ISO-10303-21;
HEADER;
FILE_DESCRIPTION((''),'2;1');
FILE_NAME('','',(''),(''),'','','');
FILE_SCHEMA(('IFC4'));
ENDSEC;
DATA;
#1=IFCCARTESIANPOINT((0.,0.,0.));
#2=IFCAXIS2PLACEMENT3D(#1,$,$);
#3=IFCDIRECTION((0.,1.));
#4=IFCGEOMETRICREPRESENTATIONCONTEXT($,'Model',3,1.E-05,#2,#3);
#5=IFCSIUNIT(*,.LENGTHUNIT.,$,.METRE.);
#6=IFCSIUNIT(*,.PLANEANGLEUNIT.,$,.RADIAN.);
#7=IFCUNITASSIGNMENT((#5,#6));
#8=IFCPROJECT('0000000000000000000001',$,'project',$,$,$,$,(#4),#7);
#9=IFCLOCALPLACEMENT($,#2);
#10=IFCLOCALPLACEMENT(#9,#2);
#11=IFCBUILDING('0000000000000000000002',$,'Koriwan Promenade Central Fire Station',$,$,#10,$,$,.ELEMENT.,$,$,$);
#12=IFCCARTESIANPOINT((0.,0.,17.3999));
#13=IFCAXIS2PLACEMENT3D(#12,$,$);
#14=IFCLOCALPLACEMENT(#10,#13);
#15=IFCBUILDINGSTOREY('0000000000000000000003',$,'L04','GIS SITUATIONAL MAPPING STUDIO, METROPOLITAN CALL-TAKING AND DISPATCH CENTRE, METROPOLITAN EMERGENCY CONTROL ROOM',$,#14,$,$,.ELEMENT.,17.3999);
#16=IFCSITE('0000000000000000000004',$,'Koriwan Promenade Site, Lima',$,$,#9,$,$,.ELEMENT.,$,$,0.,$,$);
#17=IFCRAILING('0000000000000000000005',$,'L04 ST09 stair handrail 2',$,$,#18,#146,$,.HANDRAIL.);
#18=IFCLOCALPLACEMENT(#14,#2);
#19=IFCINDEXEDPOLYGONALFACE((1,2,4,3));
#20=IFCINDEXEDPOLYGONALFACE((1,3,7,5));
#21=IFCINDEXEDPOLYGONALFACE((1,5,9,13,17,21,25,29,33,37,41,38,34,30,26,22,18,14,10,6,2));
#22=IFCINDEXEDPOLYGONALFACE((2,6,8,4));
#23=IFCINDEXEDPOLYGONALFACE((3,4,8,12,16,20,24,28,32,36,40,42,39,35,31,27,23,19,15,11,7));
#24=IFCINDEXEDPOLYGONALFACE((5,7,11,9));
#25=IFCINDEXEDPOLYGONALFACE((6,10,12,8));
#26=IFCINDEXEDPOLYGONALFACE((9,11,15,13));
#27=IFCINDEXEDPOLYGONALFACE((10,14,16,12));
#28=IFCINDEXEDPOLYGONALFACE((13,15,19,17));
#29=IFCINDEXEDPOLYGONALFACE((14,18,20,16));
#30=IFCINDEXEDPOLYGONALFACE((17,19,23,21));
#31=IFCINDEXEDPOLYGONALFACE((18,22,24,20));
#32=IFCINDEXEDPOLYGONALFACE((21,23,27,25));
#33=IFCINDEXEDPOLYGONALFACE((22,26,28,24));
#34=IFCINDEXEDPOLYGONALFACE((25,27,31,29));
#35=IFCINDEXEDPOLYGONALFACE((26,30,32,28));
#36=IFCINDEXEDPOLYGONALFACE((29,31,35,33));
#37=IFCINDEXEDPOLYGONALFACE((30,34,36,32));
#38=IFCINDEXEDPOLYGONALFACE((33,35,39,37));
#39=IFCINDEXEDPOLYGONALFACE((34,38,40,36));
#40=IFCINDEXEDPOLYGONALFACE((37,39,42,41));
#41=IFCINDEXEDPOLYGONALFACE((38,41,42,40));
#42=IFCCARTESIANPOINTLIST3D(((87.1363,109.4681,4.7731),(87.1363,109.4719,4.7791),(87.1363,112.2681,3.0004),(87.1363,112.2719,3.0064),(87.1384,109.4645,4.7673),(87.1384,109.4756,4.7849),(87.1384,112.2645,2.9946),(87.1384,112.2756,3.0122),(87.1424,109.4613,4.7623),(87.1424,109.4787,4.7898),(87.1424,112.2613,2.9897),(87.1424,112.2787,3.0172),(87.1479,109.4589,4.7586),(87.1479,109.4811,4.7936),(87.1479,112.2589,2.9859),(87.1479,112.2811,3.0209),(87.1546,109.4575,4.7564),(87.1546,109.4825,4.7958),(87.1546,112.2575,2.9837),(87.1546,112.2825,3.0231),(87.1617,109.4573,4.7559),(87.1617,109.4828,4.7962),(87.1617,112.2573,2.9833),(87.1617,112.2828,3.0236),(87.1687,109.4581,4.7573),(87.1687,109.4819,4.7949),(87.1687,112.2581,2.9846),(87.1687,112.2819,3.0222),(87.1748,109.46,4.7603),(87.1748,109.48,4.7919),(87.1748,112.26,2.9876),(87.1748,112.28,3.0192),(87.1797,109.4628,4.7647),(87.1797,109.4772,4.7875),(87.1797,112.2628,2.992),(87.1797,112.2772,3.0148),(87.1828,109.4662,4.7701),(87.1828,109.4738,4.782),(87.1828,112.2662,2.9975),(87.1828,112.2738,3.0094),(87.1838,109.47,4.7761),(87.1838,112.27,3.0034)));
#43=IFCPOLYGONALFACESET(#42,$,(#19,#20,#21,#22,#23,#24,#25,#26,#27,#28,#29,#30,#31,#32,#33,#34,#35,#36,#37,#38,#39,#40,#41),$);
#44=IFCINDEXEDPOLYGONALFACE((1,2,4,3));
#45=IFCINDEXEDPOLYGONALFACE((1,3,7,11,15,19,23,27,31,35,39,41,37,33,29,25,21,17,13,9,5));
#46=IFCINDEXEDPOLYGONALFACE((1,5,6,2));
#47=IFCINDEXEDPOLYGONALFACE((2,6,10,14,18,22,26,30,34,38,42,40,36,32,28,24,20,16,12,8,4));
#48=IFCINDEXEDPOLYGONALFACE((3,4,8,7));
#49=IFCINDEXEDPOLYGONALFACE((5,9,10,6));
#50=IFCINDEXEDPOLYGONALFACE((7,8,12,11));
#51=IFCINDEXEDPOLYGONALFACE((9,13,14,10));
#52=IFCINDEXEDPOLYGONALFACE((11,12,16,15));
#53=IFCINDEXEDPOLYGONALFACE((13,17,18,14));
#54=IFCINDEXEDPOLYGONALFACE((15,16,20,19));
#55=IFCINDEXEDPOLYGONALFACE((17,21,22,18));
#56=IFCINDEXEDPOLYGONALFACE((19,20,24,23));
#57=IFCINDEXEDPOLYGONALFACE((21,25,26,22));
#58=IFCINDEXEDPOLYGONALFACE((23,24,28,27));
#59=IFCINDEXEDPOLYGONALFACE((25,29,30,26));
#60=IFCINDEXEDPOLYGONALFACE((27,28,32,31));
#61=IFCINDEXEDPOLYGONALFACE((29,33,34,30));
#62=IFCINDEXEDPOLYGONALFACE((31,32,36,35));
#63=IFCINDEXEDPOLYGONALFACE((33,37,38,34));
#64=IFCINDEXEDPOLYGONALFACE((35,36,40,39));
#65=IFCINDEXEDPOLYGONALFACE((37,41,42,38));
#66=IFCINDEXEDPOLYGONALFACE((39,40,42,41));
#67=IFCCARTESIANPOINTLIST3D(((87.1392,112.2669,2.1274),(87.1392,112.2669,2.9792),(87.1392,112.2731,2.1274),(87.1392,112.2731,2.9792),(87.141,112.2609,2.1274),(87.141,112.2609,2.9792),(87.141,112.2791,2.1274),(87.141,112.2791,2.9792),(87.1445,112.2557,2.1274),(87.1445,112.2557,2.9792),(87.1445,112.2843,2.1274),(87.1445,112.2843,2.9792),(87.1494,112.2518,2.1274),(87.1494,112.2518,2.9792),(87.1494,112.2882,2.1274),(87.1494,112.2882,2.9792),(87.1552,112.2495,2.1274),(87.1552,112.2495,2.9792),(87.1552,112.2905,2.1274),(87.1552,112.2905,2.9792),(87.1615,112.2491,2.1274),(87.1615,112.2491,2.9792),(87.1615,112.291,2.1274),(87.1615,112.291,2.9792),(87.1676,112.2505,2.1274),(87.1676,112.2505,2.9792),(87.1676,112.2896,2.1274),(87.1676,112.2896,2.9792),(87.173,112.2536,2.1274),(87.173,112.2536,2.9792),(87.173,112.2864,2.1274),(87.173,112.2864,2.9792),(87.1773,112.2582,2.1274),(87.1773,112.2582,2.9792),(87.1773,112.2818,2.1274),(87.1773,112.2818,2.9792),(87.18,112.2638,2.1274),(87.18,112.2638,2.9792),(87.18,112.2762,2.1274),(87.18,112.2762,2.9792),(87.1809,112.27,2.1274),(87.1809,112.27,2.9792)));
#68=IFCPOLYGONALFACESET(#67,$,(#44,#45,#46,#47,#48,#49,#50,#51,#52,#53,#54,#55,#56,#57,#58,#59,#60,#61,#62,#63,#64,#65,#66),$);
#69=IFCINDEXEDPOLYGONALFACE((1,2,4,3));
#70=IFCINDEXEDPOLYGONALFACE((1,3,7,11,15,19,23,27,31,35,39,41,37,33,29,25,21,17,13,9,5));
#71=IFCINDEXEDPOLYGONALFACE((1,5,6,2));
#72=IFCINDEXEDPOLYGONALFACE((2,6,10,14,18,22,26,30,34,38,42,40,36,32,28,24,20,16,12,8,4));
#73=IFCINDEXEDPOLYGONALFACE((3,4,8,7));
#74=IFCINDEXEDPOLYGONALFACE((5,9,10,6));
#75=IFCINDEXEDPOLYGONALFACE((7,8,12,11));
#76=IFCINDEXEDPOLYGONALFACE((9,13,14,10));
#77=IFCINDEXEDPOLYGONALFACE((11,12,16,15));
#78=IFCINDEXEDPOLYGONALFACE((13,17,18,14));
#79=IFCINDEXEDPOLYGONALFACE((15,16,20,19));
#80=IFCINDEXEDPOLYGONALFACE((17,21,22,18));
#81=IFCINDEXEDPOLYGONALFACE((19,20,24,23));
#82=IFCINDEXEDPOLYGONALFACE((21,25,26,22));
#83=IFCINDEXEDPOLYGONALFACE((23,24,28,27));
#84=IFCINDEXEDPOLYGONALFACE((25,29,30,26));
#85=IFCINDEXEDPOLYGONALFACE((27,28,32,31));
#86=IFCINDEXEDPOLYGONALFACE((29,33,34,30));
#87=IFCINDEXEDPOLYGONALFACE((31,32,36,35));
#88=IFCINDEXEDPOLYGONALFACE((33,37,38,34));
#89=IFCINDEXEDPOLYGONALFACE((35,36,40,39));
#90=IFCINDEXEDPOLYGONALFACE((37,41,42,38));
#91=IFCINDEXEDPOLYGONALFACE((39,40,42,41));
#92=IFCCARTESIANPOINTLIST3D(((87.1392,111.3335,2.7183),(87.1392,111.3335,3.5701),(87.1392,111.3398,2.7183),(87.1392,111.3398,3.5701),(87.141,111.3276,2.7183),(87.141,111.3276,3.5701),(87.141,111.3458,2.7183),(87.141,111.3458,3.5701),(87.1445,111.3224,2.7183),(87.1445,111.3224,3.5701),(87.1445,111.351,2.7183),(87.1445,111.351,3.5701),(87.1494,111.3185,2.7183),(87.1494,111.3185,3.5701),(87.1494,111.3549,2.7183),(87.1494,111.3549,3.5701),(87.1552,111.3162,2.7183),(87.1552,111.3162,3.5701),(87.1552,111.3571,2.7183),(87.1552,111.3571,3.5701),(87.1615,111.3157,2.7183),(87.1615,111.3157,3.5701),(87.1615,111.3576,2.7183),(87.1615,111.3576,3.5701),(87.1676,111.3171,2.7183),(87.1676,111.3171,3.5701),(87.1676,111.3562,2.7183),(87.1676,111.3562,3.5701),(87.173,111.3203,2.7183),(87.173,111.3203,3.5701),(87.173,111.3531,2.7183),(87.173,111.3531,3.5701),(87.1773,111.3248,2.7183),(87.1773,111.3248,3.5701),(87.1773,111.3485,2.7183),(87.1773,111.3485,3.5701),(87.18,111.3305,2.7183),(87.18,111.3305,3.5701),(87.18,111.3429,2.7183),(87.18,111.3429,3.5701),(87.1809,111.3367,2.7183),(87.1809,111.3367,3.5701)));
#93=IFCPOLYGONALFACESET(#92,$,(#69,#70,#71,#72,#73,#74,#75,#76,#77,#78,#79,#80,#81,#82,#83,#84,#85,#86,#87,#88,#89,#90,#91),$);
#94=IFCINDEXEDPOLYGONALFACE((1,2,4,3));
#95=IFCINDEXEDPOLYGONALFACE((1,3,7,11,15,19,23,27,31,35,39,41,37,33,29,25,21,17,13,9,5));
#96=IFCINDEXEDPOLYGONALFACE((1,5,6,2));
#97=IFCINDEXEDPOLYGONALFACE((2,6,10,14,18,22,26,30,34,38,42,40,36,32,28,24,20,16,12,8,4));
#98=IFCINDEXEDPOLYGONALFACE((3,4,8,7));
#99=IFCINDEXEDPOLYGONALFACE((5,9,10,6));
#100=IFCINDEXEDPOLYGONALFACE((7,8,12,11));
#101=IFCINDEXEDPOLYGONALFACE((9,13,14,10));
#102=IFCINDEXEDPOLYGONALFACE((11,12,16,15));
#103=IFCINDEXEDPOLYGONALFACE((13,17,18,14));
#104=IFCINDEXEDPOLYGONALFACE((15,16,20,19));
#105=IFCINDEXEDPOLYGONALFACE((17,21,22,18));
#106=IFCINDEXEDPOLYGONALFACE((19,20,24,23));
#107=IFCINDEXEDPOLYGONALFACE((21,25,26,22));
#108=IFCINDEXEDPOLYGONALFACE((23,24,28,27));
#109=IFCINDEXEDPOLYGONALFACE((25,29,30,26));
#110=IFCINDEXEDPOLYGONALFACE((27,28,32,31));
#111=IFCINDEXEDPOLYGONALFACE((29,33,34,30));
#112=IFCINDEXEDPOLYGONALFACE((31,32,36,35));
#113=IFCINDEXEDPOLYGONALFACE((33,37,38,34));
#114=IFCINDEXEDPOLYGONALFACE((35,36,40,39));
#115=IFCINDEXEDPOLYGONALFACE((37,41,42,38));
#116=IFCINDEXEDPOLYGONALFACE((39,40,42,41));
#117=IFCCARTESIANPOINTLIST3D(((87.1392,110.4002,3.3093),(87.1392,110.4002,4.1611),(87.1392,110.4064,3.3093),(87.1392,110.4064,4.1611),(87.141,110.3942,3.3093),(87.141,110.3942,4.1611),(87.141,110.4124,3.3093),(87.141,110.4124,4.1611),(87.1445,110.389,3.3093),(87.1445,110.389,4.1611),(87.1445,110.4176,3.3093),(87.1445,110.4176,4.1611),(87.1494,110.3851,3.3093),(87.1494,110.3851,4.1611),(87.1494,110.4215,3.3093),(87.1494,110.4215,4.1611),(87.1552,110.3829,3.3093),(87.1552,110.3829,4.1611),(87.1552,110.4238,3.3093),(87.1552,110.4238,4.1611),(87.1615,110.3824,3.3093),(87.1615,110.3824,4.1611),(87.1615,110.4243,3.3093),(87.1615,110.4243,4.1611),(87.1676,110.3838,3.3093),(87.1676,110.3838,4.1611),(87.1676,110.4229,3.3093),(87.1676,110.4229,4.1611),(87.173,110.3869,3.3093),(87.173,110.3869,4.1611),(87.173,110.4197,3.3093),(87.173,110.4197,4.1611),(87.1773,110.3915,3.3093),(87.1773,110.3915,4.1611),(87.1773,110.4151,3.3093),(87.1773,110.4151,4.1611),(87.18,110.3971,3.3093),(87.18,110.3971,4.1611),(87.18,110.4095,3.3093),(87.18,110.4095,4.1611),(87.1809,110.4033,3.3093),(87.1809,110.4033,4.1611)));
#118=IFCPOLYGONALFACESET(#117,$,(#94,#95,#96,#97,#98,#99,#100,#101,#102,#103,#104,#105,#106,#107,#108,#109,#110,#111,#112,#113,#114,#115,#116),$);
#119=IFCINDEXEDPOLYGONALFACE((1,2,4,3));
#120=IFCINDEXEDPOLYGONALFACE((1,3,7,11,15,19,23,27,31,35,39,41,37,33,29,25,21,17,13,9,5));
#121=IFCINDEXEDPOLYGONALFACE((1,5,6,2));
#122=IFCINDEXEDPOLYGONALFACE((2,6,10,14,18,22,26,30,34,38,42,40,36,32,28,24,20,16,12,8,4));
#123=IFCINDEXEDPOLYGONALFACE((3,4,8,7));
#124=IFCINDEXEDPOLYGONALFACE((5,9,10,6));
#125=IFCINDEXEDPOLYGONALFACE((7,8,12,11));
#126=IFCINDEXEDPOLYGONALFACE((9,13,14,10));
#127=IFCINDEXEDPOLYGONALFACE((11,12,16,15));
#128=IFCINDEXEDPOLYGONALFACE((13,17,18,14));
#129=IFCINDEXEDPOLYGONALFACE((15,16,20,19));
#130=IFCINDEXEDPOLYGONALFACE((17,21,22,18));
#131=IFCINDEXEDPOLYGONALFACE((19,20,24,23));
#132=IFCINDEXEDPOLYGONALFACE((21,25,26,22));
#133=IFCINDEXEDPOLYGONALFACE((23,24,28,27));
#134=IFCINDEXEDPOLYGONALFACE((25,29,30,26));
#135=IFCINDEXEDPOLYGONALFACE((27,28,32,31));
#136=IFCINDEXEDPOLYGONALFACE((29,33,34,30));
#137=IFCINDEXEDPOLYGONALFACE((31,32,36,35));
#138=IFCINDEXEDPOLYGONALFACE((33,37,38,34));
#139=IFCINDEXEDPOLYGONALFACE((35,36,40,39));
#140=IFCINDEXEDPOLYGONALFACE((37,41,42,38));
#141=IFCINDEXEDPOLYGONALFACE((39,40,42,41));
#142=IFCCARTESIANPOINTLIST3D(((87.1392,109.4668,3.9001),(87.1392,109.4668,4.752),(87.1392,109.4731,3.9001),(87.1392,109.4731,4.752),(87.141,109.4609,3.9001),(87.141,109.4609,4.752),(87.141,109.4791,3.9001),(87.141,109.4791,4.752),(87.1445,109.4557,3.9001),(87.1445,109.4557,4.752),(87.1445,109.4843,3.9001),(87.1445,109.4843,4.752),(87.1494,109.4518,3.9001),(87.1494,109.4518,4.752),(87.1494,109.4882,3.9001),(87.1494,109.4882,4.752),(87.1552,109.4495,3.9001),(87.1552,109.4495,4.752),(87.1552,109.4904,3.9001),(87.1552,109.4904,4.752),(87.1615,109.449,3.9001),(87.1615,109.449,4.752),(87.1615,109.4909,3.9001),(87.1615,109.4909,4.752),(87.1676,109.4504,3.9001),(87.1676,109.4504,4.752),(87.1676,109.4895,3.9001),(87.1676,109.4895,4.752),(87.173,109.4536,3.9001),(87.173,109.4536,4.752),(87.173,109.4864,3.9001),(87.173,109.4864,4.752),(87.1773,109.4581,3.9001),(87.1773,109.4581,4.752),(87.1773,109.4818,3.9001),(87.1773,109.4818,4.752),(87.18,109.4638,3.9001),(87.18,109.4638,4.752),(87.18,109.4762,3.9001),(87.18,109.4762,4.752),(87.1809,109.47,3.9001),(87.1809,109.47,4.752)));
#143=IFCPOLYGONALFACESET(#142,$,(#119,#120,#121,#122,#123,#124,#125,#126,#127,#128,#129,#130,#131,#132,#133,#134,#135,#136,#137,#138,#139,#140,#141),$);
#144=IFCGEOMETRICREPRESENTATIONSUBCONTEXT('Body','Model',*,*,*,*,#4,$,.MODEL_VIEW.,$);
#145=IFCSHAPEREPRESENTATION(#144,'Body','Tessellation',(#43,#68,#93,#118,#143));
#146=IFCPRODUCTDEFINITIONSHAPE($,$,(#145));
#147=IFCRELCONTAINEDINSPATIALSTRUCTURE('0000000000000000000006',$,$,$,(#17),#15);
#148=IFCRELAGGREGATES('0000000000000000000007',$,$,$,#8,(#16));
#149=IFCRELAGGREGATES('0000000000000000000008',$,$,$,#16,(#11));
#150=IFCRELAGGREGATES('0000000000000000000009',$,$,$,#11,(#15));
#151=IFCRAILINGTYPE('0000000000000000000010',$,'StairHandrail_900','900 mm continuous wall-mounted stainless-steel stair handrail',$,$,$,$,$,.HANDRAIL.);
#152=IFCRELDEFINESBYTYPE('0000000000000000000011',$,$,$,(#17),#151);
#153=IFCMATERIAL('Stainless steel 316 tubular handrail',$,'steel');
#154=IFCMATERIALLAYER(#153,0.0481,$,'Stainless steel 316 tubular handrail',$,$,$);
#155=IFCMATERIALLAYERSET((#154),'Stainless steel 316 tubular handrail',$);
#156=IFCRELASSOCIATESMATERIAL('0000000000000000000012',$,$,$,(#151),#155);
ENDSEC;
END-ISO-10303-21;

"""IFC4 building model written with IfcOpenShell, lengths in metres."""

from ifc_helpers import new_model, si_unit, direction, frame, origin, origin_2d, place, context, subcontext, project, spatial, circle, extrude, material, layer, layer_set, type_object, element, save


model = new_model("IFC4")

# Units and contexts
model_context = context("Model", 3, precision=1e-05, world=origin(), true_north=direction((0.0, 1.0)))
body_context = subcontext(model_context, "Body", "Model", "MODEL_VIEW")
ifc_project = project(units=[si_unit("LENGTHUNIT", "METRE"), si_unit("PLANEANGLEUNIT", "RADIAN")], contexts=[model_context])

# Site, building, storey
site_placement = place(None, origin())
site = spatial("IfcSite", under=ifc_project, at=site_placement, Name="Koriwan Promenade Site, Lima", CompositionType="ELEMENT", RefElevation=0.0)
building_placement = place(site_placement, origin())
building = spatial("IfcBuilding", under=site, at=building_placement, Name="Koriwan Promenade Central Fire Station", CompositionType="ELEMENT")
storey_placement = place(building_placement, frame((0.0, 0.0, 17.3999)))
storey = spatial("IfcBuildingStorey", under=building, at=storey_placement, Name="L04", Description="GIS SITUATIONAL MAPPING STUDIO, METROPOLITAN CALL-TAKING AND DISPATCH CENTRE, METROPOLITAN EMERGENCY CONTROL ROOM", CompositionType="ELEMENT", Elevation=17.3999)

# Railing
ifc_material_1 = material(Name="Stainless steel 316 tubular handrail", Category="steel")
ifc_layer_1 = layer(ifc_material_1, 0.0481, Name="Stainless steel 316 tubular handrail")
ifc_layer_set_1 = layer_set([ifc_layer_1], Name="Stainless steel 316 tubular handrail")
railing_type_1 = type_object("IfcRailingType", Name="StairHandrail_900", Description="900 mm continuous wall-mounted stainless-steel stair handrail", PredefinedType="HANDRAIL", material=ifc_layer_set_1)
railing_1_placement = place(storey_placement, frame((87.1599, 112.27, 2.1274)))
element("IfcRailing", 1, at=railing_1_placement, inside=storey, type_object=railing_type_1, Name="L04 ST09 stair handrail 2", PredefinedType="HANDRAIL", context=body_context, shape_type="SweptSolid", body=[
    extrude(circle(Radius=0.0239, at=origin_2d()), frame((0.0, 0.0, 0.876), z_axis=(0.0, -0.844909, 0.53491), x_axis=(1.0, 0.0, 0.0)), (0.0, 0.0, 1.0), 3.314),
    extrude(circle(Radius=0.021, at=origin_2d()), origin(), (0.0, 0.0, 1.0), 0.8518),
    extrude(circle(Radius=0.021, at=origin_2d()), frame((0.0, -0.9333, 0.5908)), (0.0, 0.0, 1.0), 0.8518),
    extrude(circle(Radius=0.021, at=origin_2d()), frame((0.0, -1.8667, 1.1819)), (0.0, 0.0, 1.0), 0.8518),
    extrude(circle(Radius=0.021, at=origin_2d()), frame((0.0, -2.8, 1.7727)), (0.0, 0.0, 1.0), 0.8518),
])

save(model, "model.ifc")
